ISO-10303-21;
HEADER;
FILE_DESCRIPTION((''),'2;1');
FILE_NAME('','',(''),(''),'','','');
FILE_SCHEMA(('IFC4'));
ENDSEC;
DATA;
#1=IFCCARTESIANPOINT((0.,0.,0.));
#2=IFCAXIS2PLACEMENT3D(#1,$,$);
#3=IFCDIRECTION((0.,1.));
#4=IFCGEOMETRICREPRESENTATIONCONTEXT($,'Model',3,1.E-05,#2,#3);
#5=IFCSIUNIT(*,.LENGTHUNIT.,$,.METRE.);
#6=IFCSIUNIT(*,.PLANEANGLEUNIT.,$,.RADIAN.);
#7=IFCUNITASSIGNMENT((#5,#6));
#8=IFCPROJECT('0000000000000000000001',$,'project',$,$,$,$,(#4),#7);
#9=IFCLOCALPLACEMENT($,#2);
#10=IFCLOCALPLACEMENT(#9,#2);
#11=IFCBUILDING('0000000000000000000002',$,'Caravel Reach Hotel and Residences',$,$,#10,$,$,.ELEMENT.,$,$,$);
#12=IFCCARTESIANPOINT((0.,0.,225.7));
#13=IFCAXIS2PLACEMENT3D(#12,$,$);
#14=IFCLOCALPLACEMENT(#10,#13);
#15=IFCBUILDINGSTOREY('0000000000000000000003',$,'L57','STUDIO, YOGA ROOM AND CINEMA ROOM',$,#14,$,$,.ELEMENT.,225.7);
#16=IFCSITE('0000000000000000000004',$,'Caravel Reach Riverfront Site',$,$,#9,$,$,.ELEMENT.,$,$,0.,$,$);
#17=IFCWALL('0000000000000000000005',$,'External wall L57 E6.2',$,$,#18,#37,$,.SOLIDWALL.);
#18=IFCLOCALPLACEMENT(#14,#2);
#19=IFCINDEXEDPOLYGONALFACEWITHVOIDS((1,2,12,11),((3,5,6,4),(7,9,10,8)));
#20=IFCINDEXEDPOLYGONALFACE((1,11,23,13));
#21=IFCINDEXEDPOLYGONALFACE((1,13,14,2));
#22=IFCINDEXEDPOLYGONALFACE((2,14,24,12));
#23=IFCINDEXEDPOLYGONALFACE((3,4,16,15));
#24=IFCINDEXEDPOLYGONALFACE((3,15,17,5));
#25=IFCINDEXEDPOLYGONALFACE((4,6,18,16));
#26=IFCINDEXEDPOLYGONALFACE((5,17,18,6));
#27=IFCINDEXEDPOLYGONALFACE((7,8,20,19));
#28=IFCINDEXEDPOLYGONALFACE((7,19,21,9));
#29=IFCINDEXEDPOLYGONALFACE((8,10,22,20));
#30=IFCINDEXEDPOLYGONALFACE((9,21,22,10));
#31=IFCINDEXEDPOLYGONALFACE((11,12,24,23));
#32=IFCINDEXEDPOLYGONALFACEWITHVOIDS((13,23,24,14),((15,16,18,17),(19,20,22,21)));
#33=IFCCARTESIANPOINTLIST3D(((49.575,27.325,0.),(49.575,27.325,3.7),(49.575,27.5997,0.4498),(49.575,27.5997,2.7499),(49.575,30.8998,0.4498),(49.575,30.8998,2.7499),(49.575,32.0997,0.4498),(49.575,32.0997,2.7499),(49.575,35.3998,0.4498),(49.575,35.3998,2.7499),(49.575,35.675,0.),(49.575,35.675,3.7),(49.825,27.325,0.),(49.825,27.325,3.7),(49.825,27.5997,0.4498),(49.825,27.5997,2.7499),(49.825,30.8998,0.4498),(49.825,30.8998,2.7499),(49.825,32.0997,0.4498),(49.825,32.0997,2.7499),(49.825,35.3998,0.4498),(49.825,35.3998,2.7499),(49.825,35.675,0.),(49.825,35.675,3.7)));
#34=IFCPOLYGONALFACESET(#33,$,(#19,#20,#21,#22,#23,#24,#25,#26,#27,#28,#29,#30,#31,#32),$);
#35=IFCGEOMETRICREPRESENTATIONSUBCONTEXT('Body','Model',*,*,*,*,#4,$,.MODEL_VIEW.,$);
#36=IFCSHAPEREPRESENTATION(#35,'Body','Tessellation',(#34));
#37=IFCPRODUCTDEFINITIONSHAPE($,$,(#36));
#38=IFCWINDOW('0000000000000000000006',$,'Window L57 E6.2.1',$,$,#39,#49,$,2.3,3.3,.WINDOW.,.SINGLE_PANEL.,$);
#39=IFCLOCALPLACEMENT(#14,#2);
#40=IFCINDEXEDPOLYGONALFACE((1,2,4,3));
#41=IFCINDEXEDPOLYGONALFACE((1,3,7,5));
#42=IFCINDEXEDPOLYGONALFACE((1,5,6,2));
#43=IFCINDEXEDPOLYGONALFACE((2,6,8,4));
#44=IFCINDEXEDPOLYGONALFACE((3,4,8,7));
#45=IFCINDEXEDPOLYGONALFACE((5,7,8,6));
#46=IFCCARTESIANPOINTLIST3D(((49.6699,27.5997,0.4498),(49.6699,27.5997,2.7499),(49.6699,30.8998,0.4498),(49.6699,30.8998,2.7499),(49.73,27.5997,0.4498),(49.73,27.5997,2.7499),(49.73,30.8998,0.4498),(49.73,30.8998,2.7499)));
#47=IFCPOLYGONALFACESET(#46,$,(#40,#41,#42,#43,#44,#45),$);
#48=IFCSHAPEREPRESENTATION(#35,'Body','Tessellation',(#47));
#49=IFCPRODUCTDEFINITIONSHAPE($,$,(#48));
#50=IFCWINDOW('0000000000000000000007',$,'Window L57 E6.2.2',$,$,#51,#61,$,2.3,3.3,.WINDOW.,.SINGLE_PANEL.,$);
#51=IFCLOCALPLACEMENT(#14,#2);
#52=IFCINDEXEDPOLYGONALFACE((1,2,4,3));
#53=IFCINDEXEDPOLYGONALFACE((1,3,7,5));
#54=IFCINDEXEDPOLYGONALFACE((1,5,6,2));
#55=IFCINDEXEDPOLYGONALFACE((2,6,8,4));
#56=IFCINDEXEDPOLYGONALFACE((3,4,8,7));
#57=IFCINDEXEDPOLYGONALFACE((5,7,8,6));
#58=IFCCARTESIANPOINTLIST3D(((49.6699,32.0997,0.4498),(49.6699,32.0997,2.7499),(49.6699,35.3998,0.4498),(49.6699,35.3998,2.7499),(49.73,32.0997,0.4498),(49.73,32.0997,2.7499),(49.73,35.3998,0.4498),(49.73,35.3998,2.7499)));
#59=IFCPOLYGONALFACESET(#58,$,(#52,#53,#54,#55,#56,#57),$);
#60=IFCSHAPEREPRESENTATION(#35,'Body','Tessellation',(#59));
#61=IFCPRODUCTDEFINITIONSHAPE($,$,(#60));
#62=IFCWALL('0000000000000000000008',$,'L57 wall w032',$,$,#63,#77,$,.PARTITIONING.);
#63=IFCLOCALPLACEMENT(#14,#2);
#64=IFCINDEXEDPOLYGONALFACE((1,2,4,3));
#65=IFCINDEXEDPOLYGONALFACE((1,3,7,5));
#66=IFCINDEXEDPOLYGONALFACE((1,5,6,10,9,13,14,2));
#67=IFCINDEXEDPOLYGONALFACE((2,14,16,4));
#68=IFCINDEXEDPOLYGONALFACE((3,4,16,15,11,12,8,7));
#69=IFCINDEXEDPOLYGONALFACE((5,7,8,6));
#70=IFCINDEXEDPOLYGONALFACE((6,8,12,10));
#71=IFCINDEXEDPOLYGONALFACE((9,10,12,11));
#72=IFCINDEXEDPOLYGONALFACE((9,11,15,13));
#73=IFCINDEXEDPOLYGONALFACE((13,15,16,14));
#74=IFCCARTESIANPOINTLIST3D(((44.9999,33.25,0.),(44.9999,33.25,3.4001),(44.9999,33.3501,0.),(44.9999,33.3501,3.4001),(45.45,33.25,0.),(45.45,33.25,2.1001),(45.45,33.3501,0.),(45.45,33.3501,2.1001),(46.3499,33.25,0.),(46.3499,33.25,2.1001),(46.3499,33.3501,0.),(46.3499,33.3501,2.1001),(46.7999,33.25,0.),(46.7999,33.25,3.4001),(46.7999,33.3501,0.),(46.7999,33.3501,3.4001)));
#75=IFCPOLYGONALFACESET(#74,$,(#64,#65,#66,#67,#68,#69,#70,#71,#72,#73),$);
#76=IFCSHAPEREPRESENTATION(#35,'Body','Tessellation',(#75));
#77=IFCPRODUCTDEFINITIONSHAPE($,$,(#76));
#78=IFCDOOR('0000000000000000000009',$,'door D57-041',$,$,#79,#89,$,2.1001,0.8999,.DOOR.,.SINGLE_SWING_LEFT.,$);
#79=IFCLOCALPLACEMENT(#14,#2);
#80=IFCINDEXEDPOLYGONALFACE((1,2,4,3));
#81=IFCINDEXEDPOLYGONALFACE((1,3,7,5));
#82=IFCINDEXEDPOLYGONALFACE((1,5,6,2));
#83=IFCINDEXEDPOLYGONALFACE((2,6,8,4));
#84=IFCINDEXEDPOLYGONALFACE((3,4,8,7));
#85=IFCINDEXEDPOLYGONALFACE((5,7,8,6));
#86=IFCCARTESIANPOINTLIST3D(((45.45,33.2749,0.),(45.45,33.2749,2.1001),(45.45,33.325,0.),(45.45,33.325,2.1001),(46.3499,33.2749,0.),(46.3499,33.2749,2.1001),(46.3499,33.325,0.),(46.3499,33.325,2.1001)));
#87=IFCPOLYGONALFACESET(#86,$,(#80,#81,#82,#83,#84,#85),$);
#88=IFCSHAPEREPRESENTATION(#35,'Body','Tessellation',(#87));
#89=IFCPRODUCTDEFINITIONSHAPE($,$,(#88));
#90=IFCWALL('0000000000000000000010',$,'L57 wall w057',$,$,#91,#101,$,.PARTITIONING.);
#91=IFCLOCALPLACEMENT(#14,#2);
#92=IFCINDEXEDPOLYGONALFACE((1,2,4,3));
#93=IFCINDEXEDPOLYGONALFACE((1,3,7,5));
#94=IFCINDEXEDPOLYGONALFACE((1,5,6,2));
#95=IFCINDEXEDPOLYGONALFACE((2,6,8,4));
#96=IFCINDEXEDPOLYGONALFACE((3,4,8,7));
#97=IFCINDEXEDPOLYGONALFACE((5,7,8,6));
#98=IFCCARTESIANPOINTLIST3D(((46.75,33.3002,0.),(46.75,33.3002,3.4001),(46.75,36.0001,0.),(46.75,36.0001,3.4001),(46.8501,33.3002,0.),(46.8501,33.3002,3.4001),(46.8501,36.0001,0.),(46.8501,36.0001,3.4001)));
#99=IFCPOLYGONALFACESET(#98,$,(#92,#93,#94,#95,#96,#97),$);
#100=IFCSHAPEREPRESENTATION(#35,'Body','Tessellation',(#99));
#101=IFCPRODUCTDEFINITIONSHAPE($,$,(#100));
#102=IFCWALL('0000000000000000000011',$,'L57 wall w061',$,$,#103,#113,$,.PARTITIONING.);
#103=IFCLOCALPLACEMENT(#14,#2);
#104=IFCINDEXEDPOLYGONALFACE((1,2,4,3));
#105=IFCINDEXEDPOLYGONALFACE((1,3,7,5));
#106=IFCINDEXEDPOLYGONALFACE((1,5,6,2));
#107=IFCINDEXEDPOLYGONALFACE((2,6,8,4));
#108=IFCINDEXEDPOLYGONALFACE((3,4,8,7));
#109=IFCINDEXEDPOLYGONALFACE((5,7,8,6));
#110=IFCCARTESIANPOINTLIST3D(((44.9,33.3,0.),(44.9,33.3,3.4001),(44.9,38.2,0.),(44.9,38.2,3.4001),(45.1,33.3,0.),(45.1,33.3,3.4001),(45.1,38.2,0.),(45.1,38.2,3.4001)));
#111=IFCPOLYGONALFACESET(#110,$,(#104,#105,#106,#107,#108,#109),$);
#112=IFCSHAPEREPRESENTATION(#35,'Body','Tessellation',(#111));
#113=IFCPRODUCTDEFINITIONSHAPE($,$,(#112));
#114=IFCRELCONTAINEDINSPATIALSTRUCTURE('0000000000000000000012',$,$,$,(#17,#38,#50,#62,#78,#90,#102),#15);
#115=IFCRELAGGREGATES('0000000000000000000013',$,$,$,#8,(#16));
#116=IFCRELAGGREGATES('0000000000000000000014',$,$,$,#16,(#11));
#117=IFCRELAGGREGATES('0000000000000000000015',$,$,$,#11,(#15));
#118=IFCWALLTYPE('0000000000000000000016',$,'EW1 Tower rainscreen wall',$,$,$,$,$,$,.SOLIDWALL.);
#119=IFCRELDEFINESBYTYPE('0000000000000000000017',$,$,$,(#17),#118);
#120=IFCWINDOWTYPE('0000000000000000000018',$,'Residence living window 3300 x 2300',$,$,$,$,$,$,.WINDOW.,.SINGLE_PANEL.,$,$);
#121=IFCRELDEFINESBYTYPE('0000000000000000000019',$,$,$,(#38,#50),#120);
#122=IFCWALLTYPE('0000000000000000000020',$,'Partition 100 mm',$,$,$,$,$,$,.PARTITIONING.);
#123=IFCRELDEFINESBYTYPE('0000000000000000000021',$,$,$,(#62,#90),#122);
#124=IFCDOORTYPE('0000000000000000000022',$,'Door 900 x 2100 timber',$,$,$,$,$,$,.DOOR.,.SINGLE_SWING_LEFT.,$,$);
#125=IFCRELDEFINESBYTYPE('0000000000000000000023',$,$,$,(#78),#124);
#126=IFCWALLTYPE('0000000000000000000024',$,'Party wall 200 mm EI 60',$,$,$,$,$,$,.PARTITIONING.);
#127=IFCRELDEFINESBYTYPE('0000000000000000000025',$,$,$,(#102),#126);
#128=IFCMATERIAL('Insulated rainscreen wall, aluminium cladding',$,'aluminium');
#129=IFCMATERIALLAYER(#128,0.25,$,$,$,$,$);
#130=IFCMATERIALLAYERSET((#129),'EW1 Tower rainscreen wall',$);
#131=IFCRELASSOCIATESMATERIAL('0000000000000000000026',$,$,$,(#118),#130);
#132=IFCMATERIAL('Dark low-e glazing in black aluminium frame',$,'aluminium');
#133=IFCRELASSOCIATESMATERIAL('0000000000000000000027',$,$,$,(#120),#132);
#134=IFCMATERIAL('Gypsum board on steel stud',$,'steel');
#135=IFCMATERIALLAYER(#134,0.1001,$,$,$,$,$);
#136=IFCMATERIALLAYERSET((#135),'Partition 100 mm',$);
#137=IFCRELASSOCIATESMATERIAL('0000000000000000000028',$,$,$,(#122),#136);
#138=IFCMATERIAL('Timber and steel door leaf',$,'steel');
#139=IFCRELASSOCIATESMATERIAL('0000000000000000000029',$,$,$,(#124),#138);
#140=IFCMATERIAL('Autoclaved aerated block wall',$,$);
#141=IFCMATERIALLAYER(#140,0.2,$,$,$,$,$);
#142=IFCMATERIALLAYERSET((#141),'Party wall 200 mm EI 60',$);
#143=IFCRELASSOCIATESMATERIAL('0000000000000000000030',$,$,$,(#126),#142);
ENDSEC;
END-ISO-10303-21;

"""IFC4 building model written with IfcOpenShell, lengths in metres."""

from ifc_helpers import new_model, si_unit, direction, frame, frame_2d, origin, place, context, subcontext, project, spatial, rectangle, extrude, material, layer, layer_set, type_object, element, fill, save


model = new_model("IFC4")

# Units and contexts
model_context = context("Model", 3, precision=1e-05, world=origin(), true_north=direction((0.0, 1.0)))
body_context = subcontext(model_context, "Body", "Model", "MODEL_VIEW")
ifc_project = project(units=[si_unit("LENGTHUNIT", "METRE"), si_unit("PLANEANGLEUNIT", "RADIAN")], contexts=[model_context])

# Site, building, storey
site_placement = place(None, origin())
site = spatial("IfcSite", under=ifc_project, at=site_placement, Name="Caravel Reach Riverfront Site", CompositionType="ELEMENT", RefElevation=0.0)
building_placement = place(site_placement, origin())
building = spatial("IfcBuilding", under=site, at=building_placement, Name="Caravel Reach Hotel and Residences", CompositionType="ELEMENT")
storey_placement = place(building_placement, frame((0.0, 0.0, 225.7)))
storey = spatial("IfcBuildingStorey", under=building, at=storey_placement, Name="L57", Description="STUDIO, YOGA ROOM AND CINEMA ROOM", CompositionType="ELEMENT", Elevation=225.7)

# Wall, openings, windows
ifc_material_1 = material(Name="Insulated rainscreen wall, aluminium cladding", Category="aluminium")
ifc_layer_1 = layer(ifc_material_1, 0.25)
ifc_layer_set_1 = layer_set([ifc_layer_1], Name="EW1 Tower rainscreen wall")
wall_type_1 = type_object("IfcWallType", Name="EW1 Tower rainscreen wall", PredefinedType="SOLIDWALL", material=ifc_layer_set_1)
wall_1_placement = place(storey_placement, frame((49.7, 27.325, 0.0), z_axis=(0.0, 0.0, 1.0), x_axis=(0.0, 1.0, 0.0)))
wall_1 = element("IfcWall", 1, at=wall_1_placement, inside=storey, type_object=wall_type_1, Name="External wall L57 E6.2", PredefinedType="SOLIDWALL", context=body_context, shape_type="SweptSolid", body=[
    extrude(rectangle(XDim=8.3501, YDim=0.25, at=frame_2d((4.175, 0.0))), origin(), (0.0, 0.0, 1.0), 3.7),
])
opening_1_placement = place(wall_1_placement, frame((0.2749, 0.0, 0.45)))
opening_1 = element("IfcOpeningElement", 2, at=opening_1_placement, cuts=wall_1, PredefinedType="OPENING", context=body_context, shape_type="SweptSolid", body=[
    extrude(rectangle(XDim=3.3, YDim=2.3, at=frame_2d((1.6499, 1.1499))), frame((0.0, 0.135, 0.0), z_axis=(0.0, -1.0, 0.0), x_axis=(1.0, 0.0, 0.0)), (0.0, 0.0, 1.0), 0.27),
])
opening_2_placement = place(wall_1_placement, frame((4.7749, 0.0, 0.45)))
opening_2 = element("IfcOpeningElement", 3, at=opening_2_placement, cuts=wall_1, PredefinedType="OPENING", context=body_context, shape_type="SweptSolid", body=[
    extrude(rectangle(XDim=3.3, YDim=2.3, at=frame_2d((1.6499, 1.1499))), frame((0.0, 0.135, 0.0), z_axis=(0.0, -1.0, 0.0), x_axis=(1.0, 0.0, 0.0)), (0.0, 0.0, 1.0), 0.27),
])
ifc_material_2 = material(Name="Dark low-e glazing in black aluminium frame", Category="aluminium")
window_type = type_object("IfcWindowType", Name="Residence living window 3300 x 2300", PartitioningType="SINGLE_PANEL", PredefinedType="WINDOW", material=ifc_material_2)
window_1_placement = place(opening_1_placement, origin())
window_1 = element("IfcWindow", 4, at=window_1_placement, inside=storey, type_object=window_type, Name="Window L57 E6.2.1", OverallHeight=2.3, OverallWidth=3.3, PartitioningType="SINGLE_PANEL", PredefinedType="WINDOW", context=body_context, shape_type="SweptSolid", body=[
    extrude(rectangle(XDim=3.3, YDim=2.3, at=frame_2d((1.6499, 1.1499))), frame((0.0, 0.03, 0.0), z_axis=(0.0, -1.0, 0.0), x_axis=(1.0, 0.0, 0.0)), (0.0, 0.0, 1.0), 0.0601),
])
fill(opening_1, window_1)
window_2_placement = place(opening_2_placement, origin())
window_2 = element("IfcWindow", 5, at=window_2_placement, inside=storey, type_object=window_type, Name="Window L57 E6.2.2", OverallHeight=2.3, OverallWidth=3.3, PartitioningType="SINGLE_PANEL", PredefinedType="WINDOW", context=body_context, shape_type="SweptSolid", body=[
    extrude(rectangle(XDim=3.3, YDim=2.3, at=frame_2d((1.6499, 1.1499))), frame((0.0, 0.03, 0.0), z_axis=(0.0, -1.0, 0.0), x_axis=(1.0, 0.0, 0.0)), (0.0, 0.0, 1.0), 0.0601),
])
fill(opening_2, window_2)

# Wall, opening, door
ifc_material_3 = material(Name="Gypsum board on steel stud", Category="steel")
ifc_layer_2 = layer(ifc_material_3, 0.1001)
ifc_layer_set_2 = layer_set([ifc_layer_2], Name="Partition 100 mm")
wall_type_2 = type_object("IfcWallType", Name="Partition 100 mm", PredefinedType="PARTITIONING", material=ifc_layer_set_2)
wall_2_placement = place(storey_placement, frame((45.0, 33.3, 0.0), z_axis=(0.0, 0.0, 1.0), x_axis=(1.0, 0.0, 0.0)))
wall_2 = element("IfcWall", 6, at=wall_2_placement, inside=storey, type_object=wall_type_2, Name="L57 wall w032", PredefinedType="PARTITIONING", context=body_context, shape_type="SweptSolid", body=[
    extrude(rectangle(XDim=1.8, YDim=0.1001, at=frame_2d((0.8999, 0.0))), origin(), (0.0, 0.0, 1.0), 3.4001),
])
opening_3_placement = place(wall_2_placement, frame((0.45, 0.0, 0.0)))
opening_3 = element("IfcOpeningElement", 7, at=opening_3_placement, cuts=wall_2, PredefinedType="OPENING", context=body_context, shape_type="SweptSolid", body=[
    extrude(rectangle(XDim=0.8999, YDim=2.1001, at=frame_2d((0.45, 1.05))), frame((0.0, 0.0601, 0.0), z_axis=(0.0, -1.0, 0.0), x_axis=(1.0, 0.0, 0.0)), (0.0, 0.0, 1.0), 0.1201),
])
ifc_material_4 = material(Name="Timber and steel door leaf", Category="steel")
door_type_1 = type_object("IfcDoorType", Name="Door 900 x 2100 timber", OperationType="SINGLE_SWING_LEFT", PredefinedType="DOOR", material=ifc_material_4)
door_1_placement = place(opening_3_placement, origin())
door_1 = element("IfcDoor", 8, at=door_1_placement, inside=storey, type_object=door_type_1, Name="door D57-041", OperationType="SINGLE_SWING_LEFT", OverallHeight=2.1001, OverallWidth=0.8999, PredefinedType="DOOR", context=body_context, shape_type="SweptSolid", body=[
    extrude(rectangle(XDim=0.8999, YDim=2.1001, at=frame_2d((0.45, 1.05))), frame((0.0, 0.0249, 0.0), z_axis=(0.0, -1.0, 0.0), x_axis=(1.0, 0.0, 0.0)), (0.0, 0.0, 1.0), 0.05),
])
fill(opening_3, door_1)

# Walls
wall_3_placement = place(storey_placement, frame((46.8, 33.3, 0.0), z_axis=(0.0, 0.0, 1.0), x_axis=(0.0, 1.0, 0.0)))
element("IfcWall", 9, at=wall_3_placement, inside=storey, type_object=wall_type_2, Name="L57 wall w057", PredefinedType="PARTITIONING", context=body_context, shape_type="SweptSolid", body=[
    extrude(rectangle(XDim=2.7, YDim=0.1001, at=frame_2d((1.3501, 0.0))), origin(), (0.0, 0.0, 1.0), 3.4001),
])
ifc_material_5 = material(Name="Autoclaved aerated block wall")
ifc_layer_3 = layer(ifc_material_5, 0.2)
ifc_layer_set_3 = layer_set([ifc_layer_3], Name="Party wall 200 mm EI 60")
wall_type_3 = type_object("IfcWallType", Name="Party wall 200 mm EI 60", PredefinedType="PARTITIONING", material=ifc_layer_set_3)
wall_4_placement = place(storey_placement, frame((45.0, 33.3, 0.0), z_axis=(0.0, 0.0, 1.0), x_axis=(0.0, 1.0, 0.0)))
element("IfcWall", 10, at=wall_4_placement, inside=storey, type_object=wall_type_3, Name="L57 wall w061", PredefinedType="PARTITIONING", context=body_context, shape_type="SweptSolid", body=[
    extrude(rectangle(XDim=4.8999, YDim=0.2, at=frame_2d((2.45, 0.0))), origin(), (0.0, 0.0, 1.0), 3.4001),
])

save(model, "model.ifc")
